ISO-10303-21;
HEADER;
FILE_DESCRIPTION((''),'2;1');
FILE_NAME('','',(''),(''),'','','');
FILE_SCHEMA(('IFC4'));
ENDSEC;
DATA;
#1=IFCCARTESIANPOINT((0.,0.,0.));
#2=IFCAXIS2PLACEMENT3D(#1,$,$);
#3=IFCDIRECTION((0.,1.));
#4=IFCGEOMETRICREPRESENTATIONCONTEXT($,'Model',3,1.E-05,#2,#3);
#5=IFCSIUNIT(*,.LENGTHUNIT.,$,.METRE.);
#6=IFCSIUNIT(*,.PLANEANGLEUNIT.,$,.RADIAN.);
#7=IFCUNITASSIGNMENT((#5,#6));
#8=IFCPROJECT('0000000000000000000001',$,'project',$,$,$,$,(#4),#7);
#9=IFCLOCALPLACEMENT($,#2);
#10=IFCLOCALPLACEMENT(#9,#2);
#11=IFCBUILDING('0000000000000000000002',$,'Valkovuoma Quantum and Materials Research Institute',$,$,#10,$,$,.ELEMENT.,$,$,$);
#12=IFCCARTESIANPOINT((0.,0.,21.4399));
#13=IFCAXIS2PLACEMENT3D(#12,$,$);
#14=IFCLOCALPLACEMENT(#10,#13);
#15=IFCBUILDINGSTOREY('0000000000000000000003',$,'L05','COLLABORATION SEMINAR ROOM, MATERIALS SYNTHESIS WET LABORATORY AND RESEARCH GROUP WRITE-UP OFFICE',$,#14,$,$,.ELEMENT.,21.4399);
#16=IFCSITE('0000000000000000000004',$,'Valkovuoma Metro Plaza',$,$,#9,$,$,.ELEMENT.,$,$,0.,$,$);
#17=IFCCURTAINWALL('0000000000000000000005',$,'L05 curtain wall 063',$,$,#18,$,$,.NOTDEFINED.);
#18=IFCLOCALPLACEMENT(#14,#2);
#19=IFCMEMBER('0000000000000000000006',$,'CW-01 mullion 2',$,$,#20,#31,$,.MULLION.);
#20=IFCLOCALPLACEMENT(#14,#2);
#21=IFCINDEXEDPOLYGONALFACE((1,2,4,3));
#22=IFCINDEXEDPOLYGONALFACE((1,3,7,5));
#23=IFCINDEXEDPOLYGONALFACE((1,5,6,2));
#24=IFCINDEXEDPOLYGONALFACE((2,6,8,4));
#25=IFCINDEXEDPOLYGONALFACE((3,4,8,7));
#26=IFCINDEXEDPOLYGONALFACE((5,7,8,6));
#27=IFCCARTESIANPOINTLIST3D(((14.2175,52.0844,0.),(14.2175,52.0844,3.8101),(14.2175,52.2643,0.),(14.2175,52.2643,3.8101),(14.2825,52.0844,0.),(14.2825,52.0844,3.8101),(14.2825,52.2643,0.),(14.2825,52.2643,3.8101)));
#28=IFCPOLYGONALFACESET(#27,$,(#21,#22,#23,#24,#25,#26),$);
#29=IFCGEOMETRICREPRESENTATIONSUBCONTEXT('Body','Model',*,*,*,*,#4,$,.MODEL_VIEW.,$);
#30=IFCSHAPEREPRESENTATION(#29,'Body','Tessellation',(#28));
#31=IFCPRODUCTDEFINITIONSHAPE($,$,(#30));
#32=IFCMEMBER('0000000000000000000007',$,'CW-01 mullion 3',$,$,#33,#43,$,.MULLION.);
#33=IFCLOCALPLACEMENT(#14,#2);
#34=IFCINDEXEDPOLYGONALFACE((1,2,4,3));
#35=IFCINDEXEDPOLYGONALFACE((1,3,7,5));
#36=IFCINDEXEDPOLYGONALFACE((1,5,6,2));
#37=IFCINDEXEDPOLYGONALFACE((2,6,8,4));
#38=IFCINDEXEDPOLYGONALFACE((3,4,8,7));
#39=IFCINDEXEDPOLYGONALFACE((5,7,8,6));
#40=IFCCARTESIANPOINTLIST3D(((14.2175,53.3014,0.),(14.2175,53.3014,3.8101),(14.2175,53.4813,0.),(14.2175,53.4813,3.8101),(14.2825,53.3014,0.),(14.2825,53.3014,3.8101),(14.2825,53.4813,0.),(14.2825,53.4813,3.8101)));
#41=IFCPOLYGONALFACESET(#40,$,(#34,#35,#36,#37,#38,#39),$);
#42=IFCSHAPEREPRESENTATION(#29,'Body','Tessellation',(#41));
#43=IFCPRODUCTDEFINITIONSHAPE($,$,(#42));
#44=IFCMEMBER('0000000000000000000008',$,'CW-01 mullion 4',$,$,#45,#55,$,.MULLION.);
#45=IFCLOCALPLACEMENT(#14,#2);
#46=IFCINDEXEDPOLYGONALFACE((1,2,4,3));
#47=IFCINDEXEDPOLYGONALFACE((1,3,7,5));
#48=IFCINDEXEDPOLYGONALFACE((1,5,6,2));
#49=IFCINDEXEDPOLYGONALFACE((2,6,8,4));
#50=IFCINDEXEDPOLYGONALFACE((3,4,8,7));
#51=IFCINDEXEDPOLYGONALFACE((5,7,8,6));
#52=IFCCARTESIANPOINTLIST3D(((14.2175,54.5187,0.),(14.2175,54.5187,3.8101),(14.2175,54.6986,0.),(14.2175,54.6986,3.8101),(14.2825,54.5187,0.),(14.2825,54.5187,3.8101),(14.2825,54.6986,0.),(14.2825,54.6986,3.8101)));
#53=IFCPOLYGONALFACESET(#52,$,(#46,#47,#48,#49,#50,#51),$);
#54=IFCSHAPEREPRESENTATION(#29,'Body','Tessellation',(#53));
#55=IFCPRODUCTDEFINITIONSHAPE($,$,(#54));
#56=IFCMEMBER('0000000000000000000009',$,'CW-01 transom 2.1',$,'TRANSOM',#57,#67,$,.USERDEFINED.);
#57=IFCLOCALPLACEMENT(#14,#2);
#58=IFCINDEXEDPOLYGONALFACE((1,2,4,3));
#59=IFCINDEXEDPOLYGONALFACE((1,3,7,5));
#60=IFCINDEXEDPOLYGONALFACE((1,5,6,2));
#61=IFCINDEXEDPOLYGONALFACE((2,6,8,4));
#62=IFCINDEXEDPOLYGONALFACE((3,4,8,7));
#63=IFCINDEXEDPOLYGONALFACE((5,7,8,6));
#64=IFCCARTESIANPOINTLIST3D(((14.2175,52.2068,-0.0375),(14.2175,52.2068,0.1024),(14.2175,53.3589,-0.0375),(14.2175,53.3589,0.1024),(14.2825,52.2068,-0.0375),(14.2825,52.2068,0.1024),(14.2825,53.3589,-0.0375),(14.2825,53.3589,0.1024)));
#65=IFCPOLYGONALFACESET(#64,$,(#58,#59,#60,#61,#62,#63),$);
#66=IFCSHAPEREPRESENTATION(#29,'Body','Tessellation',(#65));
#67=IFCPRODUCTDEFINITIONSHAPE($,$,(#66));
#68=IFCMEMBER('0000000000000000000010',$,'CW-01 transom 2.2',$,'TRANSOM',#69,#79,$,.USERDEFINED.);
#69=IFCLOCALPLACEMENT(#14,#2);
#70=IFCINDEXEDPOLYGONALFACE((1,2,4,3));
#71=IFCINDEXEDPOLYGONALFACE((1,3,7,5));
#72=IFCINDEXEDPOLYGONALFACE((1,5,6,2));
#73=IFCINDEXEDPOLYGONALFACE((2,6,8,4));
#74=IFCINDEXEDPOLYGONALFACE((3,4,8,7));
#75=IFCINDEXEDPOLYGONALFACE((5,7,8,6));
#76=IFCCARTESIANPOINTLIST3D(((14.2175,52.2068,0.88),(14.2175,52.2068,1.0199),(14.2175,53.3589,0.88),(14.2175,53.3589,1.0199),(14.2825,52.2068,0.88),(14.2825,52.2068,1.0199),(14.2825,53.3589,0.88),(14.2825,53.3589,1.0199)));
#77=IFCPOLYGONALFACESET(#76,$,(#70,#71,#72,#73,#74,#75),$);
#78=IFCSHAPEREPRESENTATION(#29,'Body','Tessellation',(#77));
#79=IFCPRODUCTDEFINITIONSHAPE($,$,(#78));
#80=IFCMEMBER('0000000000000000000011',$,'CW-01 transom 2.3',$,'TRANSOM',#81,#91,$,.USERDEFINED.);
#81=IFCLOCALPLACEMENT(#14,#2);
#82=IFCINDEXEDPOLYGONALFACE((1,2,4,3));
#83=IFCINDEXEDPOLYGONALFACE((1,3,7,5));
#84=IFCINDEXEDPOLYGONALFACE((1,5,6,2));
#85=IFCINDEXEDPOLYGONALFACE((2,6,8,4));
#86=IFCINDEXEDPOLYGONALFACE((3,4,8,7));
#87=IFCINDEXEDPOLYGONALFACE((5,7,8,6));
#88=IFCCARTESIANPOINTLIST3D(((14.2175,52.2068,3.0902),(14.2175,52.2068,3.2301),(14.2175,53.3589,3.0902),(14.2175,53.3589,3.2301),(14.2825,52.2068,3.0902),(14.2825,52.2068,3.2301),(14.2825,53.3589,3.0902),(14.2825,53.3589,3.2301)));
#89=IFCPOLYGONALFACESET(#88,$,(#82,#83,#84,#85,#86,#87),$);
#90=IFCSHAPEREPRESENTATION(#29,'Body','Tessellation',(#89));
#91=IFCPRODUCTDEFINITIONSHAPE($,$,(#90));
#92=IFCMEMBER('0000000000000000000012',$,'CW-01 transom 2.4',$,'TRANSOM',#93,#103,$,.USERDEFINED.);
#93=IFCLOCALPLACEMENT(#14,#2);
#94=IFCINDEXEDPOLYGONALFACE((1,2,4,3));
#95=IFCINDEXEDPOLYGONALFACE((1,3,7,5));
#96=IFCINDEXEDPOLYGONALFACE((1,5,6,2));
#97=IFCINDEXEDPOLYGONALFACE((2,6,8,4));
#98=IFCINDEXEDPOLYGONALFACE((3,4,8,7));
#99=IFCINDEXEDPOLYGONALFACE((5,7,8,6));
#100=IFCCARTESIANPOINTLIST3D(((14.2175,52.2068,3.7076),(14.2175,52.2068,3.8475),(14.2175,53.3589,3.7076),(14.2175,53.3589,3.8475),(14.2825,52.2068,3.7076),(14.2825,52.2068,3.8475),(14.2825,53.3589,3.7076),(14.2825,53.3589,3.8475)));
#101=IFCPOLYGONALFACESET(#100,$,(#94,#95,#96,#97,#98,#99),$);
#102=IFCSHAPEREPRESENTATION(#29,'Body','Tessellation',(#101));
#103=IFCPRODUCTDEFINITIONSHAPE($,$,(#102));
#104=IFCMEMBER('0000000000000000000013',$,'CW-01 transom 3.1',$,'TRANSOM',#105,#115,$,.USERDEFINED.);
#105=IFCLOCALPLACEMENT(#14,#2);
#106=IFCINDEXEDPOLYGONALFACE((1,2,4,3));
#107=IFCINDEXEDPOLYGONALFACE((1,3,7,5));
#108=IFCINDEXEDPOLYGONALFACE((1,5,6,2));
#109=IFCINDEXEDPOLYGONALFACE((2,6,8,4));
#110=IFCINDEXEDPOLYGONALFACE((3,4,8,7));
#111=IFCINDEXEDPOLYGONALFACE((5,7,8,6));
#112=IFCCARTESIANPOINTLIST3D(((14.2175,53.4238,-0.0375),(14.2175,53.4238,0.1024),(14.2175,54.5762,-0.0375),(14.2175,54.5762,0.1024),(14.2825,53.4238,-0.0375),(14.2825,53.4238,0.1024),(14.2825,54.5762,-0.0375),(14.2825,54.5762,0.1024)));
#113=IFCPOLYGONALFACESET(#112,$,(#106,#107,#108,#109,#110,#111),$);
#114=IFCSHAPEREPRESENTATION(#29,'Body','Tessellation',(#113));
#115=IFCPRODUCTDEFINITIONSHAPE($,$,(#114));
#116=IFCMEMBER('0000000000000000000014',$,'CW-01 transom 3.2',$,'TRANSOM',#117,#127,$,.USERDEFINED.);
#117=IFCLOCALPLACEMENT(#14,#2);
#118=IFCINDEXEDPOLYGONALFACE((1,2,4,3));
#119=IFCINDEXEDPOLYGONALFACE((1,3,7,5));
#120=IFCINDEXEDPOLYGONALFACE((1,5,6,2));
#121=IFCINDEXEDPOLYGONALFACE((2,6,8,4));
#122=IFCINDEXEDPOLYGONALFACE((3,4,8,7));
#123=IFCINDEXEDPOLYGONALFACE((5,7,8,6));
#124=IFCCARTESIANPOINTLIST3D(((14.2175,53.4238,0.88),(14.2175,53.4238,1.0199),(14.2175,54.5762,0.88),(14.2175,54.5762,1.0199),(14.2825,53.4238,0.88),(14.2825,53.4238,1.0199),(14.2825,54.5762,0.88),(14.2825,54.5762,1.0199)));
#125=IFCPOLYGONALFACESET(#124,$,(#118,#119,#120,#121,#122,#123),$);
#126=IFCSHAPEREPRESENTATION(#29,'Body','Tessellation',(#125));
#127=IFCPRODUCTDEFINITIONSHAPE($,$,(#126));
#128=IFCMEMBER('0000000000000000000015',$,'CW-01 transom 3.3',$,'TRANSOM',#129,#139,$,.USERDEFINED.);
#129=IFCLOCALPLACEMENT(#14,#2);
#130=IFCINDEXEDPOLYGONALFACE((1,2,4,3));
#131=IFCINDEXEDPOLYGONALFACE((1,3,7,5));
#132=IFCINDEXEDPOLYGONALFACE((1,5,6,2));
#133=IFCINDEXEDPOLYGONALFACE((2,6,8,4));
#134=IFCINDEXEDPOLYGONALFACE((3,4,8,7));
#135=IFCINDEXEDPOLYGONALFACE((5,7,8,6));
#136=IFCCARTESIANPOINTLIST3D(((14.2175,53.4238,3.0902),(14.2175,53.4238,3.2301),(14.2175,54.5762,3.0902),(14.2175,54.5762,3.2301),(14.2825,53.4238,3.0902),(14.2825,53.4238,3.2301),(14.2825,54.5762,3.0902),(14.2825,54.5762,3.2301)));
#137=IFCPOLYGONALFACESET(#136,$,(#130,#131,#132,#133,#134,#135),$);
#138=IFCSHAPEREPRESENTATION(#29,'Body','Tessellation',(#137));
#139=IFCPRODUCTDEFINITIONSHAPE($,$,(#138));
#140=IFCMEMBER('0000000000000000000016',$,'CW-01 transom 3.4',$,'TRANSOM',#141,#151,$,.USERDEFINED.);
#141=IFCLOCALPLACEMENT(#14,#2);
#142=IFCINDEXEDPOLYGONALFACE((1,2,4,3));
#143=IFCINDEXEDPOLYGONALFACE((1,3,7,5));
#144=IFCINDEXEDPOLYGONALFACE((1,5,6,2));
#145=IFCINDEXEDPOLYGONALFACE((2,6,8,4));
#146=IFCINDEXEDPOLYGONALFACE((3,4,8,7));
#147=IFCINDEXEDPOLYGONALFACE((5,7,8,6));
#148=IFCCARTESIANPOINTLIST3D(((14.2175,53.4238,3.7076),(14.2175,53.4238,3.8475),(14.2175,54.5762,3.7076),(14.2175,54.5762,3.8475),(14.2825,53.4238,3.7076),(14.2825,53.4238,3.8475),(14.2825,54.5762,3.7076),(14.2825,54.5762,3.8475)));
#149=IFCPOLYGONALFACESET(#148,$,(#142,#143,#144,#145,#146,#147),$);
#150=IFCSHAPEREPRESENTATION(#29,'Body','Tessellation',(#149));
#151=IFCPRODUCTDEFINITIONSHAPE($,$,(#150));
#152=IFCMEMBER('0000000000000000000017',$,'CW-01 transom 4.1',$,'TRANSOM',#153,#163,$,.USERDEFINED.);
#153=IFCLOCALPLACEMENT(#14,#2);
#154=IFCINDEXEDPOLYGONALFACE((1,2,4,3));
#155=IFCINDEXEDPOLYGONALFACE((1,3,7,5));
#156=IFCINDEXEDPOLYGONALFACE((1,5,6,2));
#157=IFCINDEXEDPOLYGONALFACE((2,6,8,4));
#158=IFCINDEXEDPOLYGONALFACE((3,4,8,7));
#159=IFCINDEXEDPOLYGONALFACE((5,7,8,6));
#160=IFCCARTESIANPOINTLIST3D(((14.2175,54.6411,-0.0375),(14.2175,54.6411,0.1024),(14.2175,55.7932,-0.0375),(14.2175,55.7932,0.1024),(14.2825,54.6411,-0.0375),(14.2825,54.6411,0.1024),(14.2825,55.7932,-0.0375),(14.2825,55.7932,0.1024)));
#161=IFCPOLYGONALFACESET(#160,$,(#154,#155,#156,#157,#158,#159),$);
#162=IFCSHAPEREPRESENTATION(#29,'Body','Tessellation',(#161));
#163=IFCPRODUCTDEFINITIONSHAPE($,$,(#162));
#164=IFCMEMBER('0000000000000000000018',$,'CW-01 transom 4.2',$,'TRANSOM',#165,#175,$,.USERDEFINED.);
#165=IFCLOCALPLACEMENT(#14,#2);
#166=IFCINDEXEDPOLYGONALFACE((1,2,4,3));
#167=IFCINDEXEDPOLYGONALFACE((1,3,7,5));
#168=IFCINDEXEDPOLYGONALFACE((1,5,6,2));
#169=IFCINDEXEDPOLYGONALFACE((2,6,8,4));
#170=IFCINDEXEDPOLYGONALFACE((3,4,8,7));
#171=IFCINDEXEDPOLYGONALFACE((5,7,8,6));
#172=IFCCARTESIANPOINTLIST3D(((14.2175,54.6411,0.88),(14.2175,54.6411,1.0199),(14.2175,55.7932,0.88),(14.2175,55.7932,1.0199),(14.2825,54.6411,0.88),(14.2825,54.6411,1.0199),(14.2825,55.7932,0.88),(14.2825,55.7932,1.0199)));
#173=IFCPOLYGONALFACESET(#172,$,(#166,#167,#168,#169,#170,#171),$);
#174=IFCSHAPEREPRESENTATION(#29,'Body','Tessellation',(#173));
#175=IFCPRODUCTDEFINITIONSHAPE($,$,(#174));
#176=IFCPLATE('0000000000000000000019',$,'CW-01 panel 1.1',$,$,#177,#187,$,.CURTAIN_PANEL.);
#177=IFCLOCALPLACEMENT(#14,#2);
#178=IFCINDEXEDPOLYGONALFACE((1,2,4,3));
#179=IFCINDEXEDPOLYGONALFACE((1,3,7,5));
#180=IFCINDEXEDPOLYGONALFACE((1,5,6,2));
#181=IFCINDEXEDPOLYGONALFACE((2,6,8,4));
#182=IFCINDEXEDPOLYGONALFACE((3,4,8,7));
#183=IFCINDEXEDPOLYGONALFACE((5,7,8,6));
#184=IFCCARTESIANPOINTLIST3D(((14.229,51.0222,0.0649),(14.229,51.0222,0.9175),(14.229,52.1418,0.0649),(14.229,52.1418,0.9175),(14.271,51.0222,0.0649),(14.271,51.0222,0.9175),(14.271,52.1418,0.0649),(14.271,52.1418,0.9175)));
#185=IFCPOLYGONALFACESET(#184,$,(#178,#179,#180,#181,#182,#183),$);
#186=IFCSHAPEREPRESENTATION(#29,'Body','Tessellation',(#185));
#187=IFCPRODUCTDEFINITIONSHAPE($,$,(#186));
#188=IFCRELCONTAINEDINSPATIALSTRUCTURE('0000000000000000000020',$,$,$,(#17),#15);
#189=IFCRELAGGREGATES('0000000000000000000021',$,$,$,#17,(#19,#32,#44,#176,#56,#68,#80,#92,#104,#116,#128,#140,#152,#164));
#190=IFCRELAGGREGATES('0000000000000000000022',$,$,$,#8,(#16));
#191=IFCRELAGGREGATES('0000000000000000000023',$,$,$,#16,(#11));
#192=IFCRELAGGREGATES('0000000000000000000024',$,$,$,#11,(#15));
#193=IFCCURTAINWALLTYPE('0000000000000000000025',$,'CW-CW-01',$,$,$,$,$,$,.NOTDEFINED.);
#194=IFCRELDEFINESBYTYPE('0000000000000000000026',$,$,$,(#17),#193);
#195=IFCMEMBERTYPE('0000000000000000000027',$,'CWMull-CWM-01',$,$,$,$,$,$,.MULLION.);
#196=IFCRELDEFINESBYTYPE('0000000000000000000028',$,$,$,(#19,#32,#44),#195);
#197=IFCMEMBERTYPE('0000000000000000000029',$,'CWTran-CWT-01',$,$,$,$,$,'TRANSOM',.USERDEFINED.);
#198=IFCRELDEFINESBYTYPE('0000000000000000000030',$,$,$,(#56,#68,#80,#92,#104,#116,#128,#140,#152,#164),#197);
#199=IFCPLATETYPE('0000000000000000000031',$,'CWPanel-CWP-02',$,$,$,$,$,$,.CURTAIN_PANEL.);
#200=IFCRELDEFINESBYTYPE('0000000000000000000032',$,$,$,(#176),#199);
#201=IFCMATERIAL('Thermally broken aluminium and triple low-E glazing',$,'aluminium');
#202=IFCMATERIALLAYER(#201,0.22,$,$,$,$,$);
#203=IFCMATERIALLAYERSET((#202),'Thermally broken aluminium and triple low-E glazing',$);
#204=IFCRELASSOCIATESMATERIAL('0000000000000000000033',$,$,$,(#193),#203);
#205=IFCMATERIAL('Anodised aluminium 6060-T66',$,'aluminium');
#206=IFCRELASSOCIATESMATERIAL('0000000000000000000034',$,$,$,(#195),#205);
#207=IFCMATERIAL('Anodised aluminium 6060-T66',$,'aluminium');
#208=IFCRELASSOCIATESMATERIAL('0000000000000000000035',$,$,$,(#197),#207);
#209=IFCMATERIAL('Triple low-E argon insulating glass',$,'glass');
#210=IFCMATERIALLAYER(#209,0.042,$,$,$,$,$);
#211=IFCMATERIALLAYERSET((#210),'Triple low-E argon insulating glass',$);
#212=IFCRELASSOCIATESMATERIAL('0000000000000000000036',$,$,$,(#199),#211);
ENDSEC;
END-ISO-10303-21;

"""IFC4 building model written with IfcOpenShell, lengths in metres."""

from ifc_helpers import new_model, si_unit, direction, frame, origin, origin_2d, place, context, subcontext, project, spatial, rectangle, extrude, material, layer, layer_set, material_profile, profile_set, type_object, element, aggregate, save


model = new_model("IFC4")

# Units and contexts
model_context = context("Model", 3, precision=1e-05, world=origin(), true_north=direction((0.0, 1.0)))
body_context = subcontext(model_context, "Body", "Model", "MODEL_VIEW")
ifc_project = project(units=[si_unit("LENGTHUNIT", "METRE"), si_unit("PLANEANGLEUNIT", "RADIAN")], contexts=[model_context])

# Site, building, storey
site_placement = place(None, origin())
site = spatial("IfcSite", under=ifc_project, at=site_placement, Name="Valkovuoma Metro Plaza", CompositionType="ELEMENT", RefElevation=0.0)
building_placement = place(site_placement, origin())
building = spatial("IfcBuilding", under=site, at=building_placement, Name="Valkovuoma Quantum and Materials Research Institute", CompositionType="ELEMENT")
storey_placement = place(building_placement, frame((0.0, 0.0, 21.4399)))
storey = spatial("IfcBuildingStorey", under=building, at=storey_placement, Name="L05", Description="COLLABORATION SEMINAR ROOM, MATERIALS SYNTHESIS WET LABORATORY AND RESEARCH GROUP WRITE-UP OFFICE", CompositionType="ELEMENT", Elevation=21.4399)

# Curtain wall, members, plate
ifc_material_1 = material(Name="Thermally broken aluminium and triple low-E glazing", Category="aluminium")
ifc_layer_1 = layer(ifc_material_1, 0.22)
ifc_layer_set_1 = layer_set([ifc_layer_1], Name="Thermally broken aluminium and triple low-E glazing")
curtain_wall_type = type_object("IfcCurtainWallType", Name="CW-CW-01", PredefinedType="NOTDEFINED", material=ifc_layer_set_1)
curtain_wall_placement = place(storey_placement, origin())
curtain_wall = element("IfcCurtainWall", 1, at=curtain_wall_placement, inside=storey, type_object=curtain_wall_type, Name="L05 curtain wall 063", PredefinedType="NOTDEFINED")
ifc_material_2 = material(Name="Anodised aluminium 6060-T66", Category="aluminium")
ifc_material_profile_1 = material_profile(ifc_material_2, rectangle(XDim=0.0649, YDim=0.1799, at=origin_2d()), Name="Anodised aluminium 6060-T66")
ifc_profile_set_1 = profile_set([ifc_material_profile_1], Name="Anodised aluminium 6060-T66")
member_type_1 = type_object("IfcMemberType", Name="CWMull-CWM-01", PredefinedType="MULLION", material=ifc_profile_set_1)
member_1_placement = place(storey_placement, frame((14.25, 52.1743, 0.0), z_axis=(0.0, 0.0, 1.0), x_axis=(-1.0, 0.0, 0.0)))
member_1 = element("IfcMember", 2, at=member_1_placement, type_object=member_type_1, Name="CW-01 mullion 2", PredefinedType="MULLION", context=body_context, shape_type="SweptSolid", body=[
    extrude(rectangle(XDim=0.0649, YDim=0.1799, at=origin_2d()), origin(), (0.0, 0.0, 1.0), 3.8101),
])
member_2_placement = place(storey_placement, frame((14.25, 53.3914, 0.0), z_axis=(0.0, 0.0, 1.0), x_axis=(-1.0, 0.0, 0.0)))
member_2 = element("IfcMember", 3, at=member_2_placement, type_object=member_type_1, Name="CW-01 mullion 3", PredefinedType="MULLION", context=body_context, shape_type="SweptSolid", body=[
    extrude(rectangle(XDim=0.0649, YDim=0.1799, at=origin_2d()), origin(), (0.0, 0.0, 1.0), 3.8101),
])
member_3_placement = place(storey_placement, frame((14.25, 54.6086, 0.0), z_axis=(0.0, 0.0, 1.0), x_axis=(-1.0, 0.0, 0.0)))
member_3 = element("IfcMember", 4, at=member_3_placement, type_object=member_type_1, Name="CW-01 mullion 4", PredefinedType="MULLION", context=body_context, shape_type="SweptSolid", body=[
    extrude(rectangle(XDim=0.0649, YDim=0.1799, at=origin_2d()), origin(), (0.0, 0.0, 1.0), 3.8101),
])
ifc_material_3 = material(Name="Anodised aluminium 6060-T66", Category="aluminium")
ifc_material_profile_2 = material_profile(ifc_material_3, rectangle(XDim=0.0649, YDim=0.1399, at=origin_2d()), Name="Anodised aluminium 6060-T66")
ifc_profile_set_2 = profile_set([ifc_material_profile_2], Name="Anodised aluminium 6060-T66")
member_type_2 = type_object("IfcMemberType", Name="CWTran-CWT-01", ElementType="TRANSOM", PredefinedType="USERDEFINED", material=ifc_profile_set_2)
member_4_placement = place(storey_placement, frame((14.25, 52.2068, 0.0325), z_axis=(0.0, 1.0, 0.0), x_axis=(-1.0, 0.0, 0.0)))
member_4 = element("IfcMember", 5, at=member_4_placement, type_object=member_type_2, Name="CW-01 transom 2.1", ObjectType="TRANSOM", PredefinedType="USERDEFINED", context=body_context, shape_type="SweptSolid", body=[
    extrude(rectangle(XDim=0.0649, YDim=0.1399, at=origin_2d()), origin(), (0.0, 0.0, 1.0), 1.1521),
])
member_5_placement = place(storey_placement, frame((14.25, 52.2068, 0.95), z_axis=(0.0, 1.0, 0.0), x_axis=(-1.0, 0.0, 0.0)))
member_5 = element("IfcMember", 6, at=member_5_placement, type_object=member_type_2, Name="CW-01 transom 2.2", ObjectType="TRANSOM", PredefinedType="USERDEFINED", context=body_context, shape_type="SweptSolid", body=[
    extrude(rectangle(XDim=0.0649, YDim=0.1399, at=origin_2d()), origin(), (0.0, 0.0, 1.0), 1.1521),
])
member_6_placement = place(storey_placement, frame((14.25, 52.2068, 3.1602), z_axis=(0.0, 1.0, 0.0), x_axis=(-1.0, 0.0, 0.0)))
member_6 = element("IfcMember", 7, at=member_6_placement, type_object=member_type_2, Name="CW-01 transom 2.3", ObjectType="TRANSOM", PredefinedType="USERDEFINED", context=body_context, shape_type="SweptSolid", body=[
    extrude(rectangle(XDim=0.0649, YDim=0.1399, at=origin_2d()), origin(), (0.0, 0.0, 1.0), 1.1521),
])
member_7_placement = place(storey_placement, frame((14.25, 52.2068, 3.7776), z_axis=(0.0, 1.0, 0.0), x_axis=(-1.0, 0.0, 0.0)))
member_7 = element("IfcMember", 8, at=member_7_placement, type_object=member_type_2, Name="CW-01 transom 2.4", ObjectType="TRANSOM", PredefinedType="USERDEFINED", context=body_context, shape_type="SweptSolid", body=[
    extrude(rectangle(XDim=0.0649, YDim=0.1399, at=origin_2d()), origin(), (0.0, 0.0, 1.0), 1.1521),
])
member_8_placement = place(storey_placement, frame((14.25, 53.4238, 0.0325), z_axis=(0.0, 1.0, 0.0), x_axis=(-1.0, 0.0, 0.0)))
member_8 = element("IfcMember", 9, at=member_8_placement, type_object=member_type_2, Name="CW-01 transom 3.1", ObjectType="TRANSOM", PredefinedType="USERDEFINED", context=body_context, shape_type="SweptSolid", body=[
    extrude(rectangle(XDim=0.0649, YDim=0.1399, at=origin_2d()), origin(), (0.0, 0.0, 1.0), 1.1523),
])
member_9_placement = place(storey_placement, frame((14.25, 53.4238, 0.95), z_axis=(0.0, 1.0, 0.0), x_axis=(-1.0, 0.0, 0.0)))
member_9 = element("IfcMember", 10, at=member_9_placement, type_object=member_type_2, Name="CW-01 transom 3.2", ObjectType="TRANSOM", PredefinedType="USERDEFINED", context=body_context, shape_type="SweptSolid", body=[
    extrude(rectangle(XDim=0.0649, YDim=0.1399, at=origin_2d()), origin(), (0.0, 0.0, 1.0), 1.1523),
])
member_10_placement = place(storey_placement, frame((14.25, 53.4238, 3.1602), z_axis=(0.0, 1.0, 0.0), x_axis=(-1.0, 0.0, 0.0)))
member_10 = element("IfcMember", 11, at=member_10_placement, type_object=member_type_2, Name="CW-01 transom 3.3", ObjectType="TRANSOM", PredefinedType="USERDEFINED", context=body_context, shape_type="SweptSolid", body=[
    extrude(rectangle(XDim=0.0649, YDim=0.1399, at=origin_2d()), origin(), (0.0, 0.0, 1.0), 1.1523),
])
member_11_placement = place(storey_placement, frame((14.25, 53.4238, 3.7776), z_axis=(0.0, 1.0, 0.0), x_axis=(-1.0, 0.0, 0.0)))
member_11 = element("IfcMember", 12, at=member_11_placement, type_object=member_type_2, Name="CW-01 transom 3.4", ObjectType="TRANSOM", PredefinedType="USERDEFINED", context=body_context, shape_type="SweptSolid", body=[
    extrude(rectangle(XDim=0.0649, YDim=0.1399, at=origin_2d()), origin(), (0.0, 0.0, 1.0), 1.1523),
])
member_12_placement = place(storey_placement, frame((14.25, 54.6411, 0.0325), z_axis=(0.0, 1.0, 0.0), x_axis=(-1.0, 0.0, 0.0)))
member_12 = element("IfcMember", 13, at=member_12_placement, type_object=member_type_2, Name="CW-01 transom 4.1", ObjectType="TRANSOM", PredefinedType="USERDEFINED", context=body_context, shape_type="SweptSolid", body=[
    extrude(rectangle(XDim=0.0649, YDim=0.1399, at=origin_2d()), origin(), (0.0, 0.0, 1.0), 1.1521),
])
member_13_placement = place(storey_placement, frame((14.25, 54.6411, 0.95), z_axis=(0.0, 1.0, 0.0), x_axis=(-1.0, 0.0, 0.0)))
member_13 = element("IfcMember", 14, at=member_13_placement, type_object=member_type_2, Name="CW-01 transom 4.2", ObjectType="TRANSOM", PredefinedType="USERDEFINED", context=body_context, shape_type="SweptSolid", body=[
    extrude(rectangle(XDim=0.0649, YDim=0.1399, at=origin_2d()), origin(), (0.0, 0.0, 1.0), 1.1521),
])
ifc_material_4 = material(Name="Triple low-E argon insulating glass", Category="glass")
ifc_layer_2 = layer(ifc_material_4, 0.042)
ifc_layer_set_2 = layer_set([ifc_layer_2], Name="Triple low-E argon insulating glass")
plate_type = type_object("IfcPlateType", Name="CWPanel-CWP-02", PredefinedType="CURTAIN_PANEL", material=ifc_layer_set_2)
plate_1_placement = place(storey_placement, frame((14.25, 51.582, 0.0649), z_axis=(0.0, 0.0, 1.0), x_axis=(0.0, 1.0, 0.0)))
plate_1 = element("IfcPlate", 15, at=plate_1_placement, type_object=plate_type, Name="CW-01 panel 1.1", PredefinedType="CURTAIN_PANEL", context=body_context, shape_type="SweptSolid", body=[
    extrude(rectangle(XDim=1.1196, YDim=0.042, at=origin_2d()), origin(), (0.0, 0.0, 1.0), 0.8525),
])
aggregate(curtain_wall, [member_1, member_2, member_3, plate_1, member_4, member_5, member_6, member_7, member_8, member_9, member_10, member_11, member_12, member_13])

save(model, "model.ifc")
